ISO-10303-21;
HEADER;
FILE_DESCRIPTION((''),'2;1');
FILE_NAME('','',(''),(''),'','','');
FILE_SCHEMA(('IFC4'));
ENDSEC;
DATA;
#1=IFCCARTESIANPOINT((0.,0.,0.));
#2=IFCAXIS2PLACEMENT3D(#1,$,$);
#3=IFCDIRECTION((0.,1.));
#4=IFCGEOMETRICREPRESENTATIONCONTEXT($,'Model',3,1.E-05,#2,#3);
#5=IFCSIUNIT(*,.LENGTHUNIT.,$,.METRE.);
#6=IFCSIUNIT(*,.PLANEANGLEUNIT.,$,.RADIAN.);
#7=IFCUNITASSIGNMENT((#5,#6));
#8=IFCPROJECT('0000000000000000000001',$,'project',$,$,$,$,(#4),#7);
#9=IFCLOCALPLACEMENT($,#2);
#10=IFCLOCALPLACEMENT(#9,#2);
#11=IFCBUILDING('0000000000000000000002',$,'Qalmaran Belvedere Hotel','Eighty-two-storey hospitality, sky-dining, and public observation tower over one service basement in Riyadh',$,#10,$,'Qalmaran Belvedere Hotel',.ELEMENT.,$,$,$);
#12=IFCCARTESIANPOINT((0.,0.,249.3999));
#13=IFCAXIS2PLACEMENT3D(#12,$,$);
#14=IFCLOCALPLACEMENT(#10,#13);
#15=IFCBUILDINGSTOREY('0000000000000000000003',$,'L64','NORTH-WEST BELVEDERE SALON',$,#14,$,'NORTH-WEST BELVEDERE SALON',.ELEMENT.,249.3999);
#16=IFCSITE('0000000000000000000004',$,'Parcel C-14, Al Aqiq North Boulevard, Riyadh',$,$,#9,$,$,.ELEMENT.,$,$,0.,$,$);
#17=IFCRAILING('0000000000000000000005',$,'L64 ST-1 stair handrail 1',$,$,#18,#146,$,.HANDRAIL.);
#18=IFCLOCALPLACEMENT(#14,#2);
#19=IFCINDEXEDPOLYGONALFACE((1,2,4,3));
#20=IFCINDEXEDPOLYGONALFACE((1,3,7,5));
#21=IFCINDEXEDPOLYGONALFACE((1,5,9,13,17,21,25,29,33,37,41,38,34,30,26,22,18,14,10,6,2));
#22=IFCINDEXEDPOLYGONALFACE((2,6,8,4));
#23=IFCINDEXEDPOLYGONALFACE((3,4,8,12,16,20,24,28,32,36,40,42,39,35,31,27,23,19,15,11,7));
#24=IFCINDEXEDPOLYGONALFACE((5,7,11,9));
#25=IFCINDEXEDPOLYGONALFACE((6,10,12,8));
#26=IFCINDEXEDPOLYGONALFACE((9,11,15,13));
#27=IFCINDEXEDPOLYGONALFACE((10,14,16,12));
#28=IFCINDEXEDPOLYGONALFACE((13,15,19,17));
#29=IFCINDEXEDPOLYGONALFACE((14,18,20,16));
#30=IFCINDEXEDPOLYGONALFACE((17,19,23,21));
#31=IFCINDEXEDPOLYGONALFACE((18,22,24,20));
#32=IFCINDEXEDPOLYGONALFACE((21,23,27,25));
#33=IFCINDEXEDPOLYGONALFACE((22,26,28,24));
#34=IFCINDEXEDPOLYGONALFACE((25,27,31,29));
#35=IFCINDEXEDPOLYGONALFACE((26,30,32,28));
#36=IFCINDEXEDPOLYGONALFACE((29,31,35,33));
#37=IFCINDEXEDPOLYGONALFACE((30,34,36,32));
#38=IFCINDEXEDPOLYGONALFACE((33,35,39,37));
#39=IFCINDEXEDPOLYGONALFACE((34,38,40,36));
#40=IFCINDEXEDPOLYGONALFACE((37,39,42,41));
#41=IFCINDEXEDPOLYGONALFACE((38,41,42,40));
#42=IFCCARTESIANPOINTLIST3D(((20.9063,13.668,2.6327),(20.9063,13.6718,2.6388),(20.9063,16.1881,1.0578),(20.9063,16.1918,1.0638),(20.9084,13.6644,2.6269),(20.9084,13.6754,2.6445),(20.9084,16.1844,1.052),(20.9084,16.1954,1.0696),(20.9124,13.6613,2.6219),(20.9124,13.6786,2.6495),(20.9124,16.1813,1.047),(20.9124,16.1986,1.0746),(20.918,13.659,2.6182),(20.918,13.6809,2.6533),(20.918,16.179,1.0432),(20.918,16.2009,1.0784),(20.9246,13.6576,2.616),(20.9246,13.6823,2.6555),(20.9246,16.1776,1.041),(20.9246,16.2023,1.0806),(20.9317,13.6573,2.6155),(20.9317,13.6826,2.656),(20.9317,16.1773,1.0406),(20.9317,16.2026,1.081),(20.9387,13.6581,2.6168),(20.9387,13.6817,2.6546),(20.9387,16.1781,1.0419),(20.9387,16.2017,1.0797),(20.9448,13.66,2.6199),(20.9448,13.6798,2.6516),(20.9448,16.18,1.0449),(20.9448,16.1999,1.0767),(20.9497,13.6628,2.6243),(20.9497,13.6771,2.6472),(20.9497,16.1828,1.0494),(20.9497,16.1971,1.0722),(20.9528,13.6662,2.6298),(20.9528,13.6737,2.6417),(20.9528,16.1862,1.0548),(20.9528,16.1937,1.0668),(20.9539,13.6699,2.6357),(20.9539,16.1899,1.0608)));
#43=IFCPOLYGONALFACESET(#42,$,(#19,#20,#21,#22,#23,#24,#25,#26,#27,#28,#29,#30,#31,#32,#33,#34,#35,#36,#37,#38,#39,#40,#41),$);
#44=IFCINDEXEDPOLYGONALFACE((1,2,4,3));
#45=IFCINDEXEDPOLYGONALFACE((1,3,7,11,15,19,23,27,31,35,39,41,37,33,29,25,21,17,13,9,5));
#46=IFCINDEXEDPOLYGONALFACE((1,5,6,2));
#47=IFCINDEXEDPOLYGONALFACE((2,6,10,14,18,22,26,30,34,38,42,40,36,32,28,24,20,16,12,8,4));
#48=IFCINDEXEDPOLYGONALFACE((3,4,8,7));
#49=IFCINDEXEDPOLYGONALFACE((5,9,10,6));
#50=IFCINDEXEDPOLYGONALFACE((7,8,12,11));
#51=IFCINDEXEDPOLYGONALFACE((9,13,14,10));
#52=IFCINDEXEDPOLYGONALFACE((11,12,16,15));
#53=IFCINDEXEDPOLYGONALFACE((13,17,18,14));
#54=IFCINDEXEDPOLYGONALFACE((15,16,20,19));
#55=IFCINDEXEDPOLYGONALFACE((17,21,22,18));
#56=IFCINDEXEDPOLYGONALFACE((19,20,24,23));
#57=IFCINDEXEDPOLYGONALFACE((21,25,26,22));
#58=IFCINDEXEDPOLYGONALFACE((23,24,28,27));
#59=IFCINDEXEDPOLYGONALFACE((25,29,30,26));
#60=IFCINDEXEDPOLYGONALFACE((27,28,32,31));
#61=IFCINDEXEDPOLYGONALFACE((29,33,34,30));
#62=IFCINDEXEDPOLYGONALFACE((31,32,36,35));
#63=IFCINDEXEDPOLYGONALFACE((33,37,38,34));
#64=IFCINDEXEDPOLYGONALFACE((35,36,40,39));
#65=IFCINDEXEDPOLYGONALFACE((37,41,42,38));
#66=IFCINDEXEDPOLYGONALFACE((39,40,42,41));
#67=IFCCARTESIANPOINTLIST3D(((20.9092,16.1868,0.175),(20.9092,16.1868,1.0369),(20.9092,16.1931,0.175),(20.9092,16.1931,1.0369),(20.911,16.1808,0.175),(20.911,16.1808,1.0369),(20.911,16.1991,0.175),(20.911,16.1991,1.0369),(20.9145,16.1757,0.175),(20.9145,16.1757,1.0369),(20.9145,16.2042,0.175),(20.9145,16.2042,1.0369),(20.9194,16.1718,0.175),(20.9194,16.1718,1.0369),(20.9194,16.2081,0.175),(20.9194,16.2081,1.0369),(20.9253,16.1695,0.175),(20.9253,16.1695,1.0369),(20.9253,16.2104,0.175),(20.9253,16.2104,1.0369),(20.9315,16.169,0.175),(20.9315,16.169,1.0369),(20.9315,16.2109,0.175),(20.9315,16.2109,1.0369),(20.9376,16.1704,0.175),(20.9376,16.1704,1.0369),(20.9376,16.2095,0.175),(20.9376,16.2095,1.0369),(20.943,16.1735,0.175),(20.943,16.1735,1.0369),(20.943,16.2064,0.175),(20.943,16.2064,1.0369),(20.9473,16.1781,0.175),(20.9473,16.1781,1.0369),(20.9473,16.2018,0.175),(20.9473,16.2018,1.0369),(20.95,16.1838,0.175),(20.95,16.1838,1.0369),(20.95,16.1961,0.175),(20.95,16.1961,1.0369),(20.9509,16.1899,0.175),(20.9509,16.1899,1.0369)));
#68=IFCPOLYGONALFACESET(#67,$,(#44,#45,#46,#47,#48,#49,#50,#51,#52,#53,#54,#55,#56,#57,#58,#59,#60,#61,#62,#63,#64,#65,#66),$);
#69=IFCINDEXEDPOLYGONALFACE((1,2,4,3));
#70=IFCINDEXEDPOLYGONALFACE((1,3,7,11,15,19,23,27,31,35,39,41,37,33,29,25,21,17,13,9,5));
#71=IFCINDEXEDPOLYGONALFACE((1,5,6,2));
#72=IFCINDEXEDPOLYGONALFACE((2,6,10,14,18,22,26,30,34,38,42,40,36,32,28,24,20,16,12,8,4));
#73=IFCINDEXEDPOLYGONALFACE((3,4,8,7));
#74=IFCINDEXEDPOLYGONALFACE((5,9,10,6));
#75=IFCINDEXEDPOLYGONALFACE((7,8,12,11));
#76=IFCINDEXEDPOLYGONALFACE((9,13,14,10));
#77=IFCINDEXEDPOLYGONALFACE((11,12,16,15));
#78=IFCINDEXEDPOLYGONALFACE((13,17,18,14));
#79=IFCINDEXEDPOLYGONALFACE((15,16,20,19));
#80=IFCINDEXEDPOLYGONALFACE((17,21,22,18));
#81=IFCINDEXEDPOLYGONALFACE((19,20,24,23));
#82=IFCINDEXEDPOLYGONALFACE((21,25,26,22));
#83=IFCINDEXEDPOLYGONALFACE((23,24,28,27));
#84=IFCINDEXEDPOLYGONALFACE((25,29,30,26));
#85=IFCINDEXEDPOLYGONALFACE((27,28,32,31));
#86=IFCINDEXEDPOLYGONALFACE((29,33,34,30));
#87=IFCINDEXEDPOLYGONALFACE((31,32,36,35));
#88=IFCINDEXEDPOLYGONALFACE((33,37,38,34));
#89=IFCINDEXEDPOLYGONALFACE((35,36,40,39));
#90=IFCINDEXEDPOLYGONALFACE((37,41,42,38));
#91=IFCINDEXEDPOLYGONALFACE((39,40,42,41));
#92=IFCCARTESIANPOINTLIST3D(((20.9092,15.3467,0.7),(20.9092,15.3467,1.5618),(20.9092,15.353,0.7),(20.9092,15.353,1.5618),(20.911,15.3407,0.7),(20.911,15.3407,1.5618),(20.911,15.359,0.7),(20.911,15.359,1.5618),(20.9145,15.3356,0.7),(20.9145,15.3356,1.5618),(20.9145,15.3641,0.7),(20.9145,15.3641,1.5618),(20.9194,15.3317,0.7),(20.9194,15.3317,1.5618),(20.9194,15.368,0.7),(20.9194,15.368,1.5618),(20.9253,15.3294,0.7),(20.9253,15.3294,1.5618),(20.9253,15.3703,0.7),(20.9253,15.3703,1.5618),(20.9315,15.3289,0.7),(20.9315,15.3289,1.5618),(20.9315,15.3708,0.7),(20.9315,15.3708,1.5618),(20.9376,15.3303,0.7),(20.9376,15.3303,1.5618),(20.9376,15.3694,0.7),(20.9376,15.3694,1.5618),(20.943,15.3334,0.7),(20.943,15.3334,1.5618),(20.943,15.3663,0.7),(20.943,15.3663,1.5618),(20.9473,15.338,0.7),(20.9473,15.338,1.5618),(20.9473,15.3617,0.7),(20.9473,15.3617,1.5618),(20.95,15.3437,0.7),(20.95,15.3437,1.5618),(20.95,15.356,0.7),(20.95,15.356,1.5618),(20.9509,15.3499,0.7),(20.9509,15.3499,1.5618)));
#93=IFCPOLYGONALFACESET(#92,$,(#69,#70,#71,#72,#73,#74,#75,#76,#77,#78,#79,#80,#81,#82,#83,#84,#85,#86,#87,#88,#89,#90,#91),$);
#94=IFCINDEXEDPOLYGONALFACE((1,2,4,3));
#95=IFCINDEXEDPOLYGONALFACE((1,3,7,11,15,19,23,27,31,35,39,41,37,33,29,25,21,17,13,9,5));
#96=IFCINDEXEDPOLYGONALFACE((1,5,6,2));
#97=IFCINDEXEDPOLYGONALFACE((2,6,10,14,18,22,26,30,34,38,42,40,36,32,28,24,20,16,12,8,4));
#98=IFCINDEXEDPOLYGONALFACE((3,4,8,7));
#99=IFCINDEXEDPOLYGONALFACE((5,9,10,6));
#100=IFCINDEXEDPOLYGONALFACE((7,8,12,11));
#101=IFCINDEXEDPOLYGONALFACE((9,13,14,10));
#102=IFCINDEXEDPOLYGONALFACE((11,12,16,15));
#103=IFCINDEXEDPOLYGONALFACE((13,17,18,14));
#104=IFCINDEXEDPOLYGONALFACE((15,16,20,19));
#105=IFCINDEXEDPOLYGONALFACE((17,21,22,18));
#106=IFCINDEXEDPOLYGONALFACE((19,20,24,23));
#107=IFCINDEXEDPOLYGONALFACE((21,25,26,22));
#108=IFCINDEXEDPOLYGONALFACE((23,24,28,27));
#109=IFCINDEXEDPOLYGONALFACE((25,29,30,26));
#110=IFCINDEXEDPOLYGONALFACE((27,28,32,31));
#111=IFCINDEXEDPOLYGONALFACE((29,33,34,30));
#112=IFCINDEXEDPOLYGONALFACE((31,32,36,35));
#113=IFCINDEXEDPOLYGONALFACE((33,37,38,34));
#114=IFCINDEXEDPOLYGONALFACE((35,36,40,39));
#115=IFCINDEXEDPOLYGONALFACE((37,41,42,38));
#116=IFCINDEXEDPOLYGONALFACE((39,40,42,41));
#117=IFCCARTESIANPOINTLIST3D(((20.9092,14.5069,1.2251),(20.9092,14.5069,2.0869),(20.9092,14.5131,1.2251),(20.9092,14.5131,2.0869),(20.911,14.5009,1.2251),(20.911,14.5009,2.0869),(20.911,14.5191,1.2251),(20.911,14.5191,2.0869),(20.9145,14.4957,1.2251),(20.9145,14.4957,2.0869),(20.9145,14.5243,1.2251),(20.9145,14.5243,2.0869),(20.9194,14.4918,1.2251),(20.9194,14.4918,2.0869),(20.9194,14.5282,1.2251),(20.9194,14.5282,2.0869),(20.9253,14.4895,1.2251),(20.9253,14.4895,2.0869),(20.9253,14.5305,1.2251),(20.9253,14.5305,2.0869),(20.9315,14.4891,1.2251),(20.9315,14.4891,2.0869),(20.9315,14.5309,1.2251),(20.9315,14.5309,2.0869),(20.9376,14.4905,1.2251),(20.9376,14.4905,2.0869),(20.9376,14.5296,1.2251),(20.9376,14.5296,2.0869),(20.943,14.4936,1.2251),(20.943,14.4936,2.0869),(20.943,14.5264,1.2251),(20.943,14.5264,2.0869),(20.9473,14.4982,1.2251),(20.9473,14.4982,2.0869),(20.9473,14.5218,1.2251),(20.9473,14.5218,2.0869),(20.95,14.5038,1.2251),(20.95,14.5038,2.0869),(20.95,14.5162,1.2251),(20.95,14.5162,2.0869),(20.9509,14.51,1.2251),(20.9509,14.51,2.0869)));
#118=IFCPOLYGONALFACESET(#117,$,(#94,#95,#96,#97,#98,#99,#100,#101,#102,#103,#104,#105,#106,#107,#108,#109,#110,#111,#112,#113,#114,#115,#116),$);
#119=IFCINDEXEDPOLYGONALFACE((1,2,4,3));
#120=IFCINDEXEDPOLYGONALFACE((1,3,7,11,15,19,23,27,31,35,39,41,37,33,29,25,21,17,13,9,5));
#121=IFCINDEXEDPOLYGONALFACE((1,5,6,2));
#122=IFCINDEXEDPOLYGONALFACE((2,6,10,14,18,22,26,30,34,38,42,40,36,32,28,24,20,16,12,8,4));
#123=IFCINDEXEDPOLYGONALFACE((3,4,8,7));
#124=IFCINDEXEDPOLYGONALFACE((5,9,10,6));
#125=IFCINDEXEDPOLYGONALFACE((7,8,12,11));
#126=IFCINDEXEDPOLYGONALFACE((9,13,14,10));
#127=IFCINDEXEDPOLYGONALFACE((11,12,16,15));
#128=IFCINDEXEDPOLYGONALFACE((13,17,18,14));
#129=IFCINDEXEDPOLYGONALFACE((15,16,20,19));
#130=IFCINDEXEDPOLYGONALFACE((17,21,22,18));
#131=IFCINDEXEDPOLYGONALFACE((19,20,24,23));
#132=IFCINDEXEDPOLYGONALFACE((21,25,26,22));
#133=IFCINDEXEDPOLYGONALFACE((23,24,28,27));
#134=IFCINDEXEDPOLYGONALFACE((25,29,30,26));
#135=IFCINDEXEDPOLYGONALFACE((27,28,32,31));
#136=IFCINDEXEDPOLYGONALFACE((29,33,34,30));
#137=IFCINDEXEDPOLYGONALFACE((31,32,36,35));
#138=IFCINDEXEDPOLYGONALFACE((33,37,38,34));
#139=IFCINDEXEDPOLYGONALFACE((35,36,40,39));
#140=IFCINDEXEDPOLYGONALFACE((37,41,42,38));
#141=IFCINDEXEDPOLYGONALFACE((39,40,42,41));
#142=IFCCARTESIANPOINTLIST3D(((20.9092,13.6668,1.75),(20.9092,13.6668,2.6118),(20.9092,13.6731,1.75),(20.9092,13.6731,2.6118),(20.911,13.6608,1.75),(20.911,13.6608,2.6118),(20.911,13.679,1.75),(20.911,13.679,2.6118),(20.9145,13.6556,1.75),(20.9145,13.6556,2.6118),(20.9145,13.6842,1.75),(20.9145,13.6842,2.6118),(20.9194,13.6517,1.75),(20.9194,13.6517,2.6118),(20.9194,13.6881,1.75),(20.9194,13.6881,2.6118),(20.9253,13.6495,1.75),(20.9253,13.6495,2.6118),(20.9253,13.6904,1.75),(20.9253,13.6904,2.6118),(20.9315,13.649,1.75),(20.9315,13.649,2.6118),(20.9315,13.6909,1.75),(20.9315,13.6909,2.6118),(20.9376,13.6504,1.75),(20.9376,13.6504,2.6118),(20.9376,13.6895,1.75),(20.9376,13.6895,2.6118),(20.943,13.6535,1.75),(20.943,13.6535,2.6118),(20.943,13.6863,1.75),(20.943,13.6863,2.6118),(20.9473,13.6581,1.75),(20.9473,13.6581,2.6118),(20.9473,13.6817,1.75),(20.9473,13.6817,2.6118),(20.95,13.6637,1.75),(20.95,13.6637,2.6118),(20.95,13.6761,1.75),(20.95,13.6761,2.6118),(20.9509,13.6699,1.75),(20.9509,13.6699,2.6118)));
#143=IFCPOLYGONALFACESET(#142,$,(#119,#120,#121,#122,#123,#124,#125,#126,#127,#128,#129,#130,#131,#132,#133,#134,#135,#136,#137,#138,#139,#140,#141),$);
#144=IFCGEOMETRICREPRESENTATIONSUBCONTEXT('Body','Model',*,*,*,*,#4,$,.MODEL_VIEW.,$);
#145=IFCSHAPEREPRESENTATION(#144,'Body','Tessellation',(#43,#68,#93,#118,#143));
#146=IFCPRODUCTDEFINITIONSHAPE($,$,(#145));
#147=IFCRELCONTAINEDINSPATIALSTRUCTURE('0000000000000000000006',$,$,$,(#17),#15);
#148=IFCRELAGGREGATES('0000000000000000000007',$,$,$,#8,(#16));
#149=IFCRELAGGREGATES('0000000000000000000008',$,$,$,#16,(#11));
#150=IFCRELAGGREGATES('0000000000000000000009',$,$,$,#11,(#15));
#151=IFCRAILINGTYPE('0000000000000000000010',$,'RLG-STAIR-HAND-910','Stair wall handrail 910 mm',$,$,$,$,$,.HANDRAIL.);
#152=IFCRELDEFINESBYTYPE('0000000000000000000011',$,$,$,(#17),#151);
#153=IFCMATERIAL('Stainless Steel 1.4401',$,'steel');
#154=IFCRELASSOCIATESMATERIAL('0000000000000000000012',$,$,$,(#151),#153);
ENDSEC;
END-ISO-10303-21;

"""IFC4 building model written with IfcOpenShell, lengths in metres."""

from ifc_helpers import new_model, si_unit, direction, frame, origin, origin_2d, place, context, subcontext, project, spatial, circle, extrude, material, type_object, element, save


model = new_model("IFC4")

# Units and contexts
model_context = context("Model", 3, precision=1e-05, world=origin(), true_north=direction((0.0, 1.0)))
body_context = subcontext(model_context, "Body", "Model", "MODEL_VIEW")
ifc_project = project(units=[si_unit("LENGTHUNIT", "METRE"), si_unit("PLANEANGLEUNIT", "RADIAN")], contexts=[model_context])

# Site, building, storey
site_placement = place(None, origin())
site = spatial("IfcSite", under=ifc_project, at=site_placement, Name="Parcel C-14, Al Aqiq North Boulevard, Riyadh", CompositionType="ELEMENT", RefElevation=0.0)
building_placement = place(site_placement, origin())
building = spatial("IfcBuilding", under=site, at=building_placement, Name="Qalmaran Belvedere Hotel", Description="Eighty-two-storey hospitality, sky-dining, and public observation tower over one service basement in Riyadh", LongName="Qalmaran Belvedere Hotel", CompositionType="ELEMENT")
storey_placement = place(building_placement, frame((0.0, 0.0, 249.3999)))
storey = spatial("IfcBuildingStorey", under=building, at=storey_placement, Name="L64", Description="NORTH-WEST BELVEDERE SALON", LongName="NORTH-WEST BELVEDERE SALON", CompositionType="ELEMENT", Elevation=249.3999)

# Shared definitions
ifc_material_1 = material(Name="Stainless Steel 1.4401", Category="steel")

# Railing
railing_type_1 = type_object("IfcRailingType", Name="RLG-STAIR-HAND-910", Description="Stair wall handrail 910 mm", PredefinedType="HANDRAIL", material=ifc_material_1)
railing_1_placement = place(storey_placement, frame((20.9299, 16.1899, 0.175)))
element("IfcRailing", 1, at=railing_1_placement, inside=storey, type_object=railing_type_1, Name="L64 ST-1 stair handrail 1", PredefinedType="HANDRAIL", context=body_context, shape_type="SweptSolid", body=[
    extrude(circle(Radius=0.0239, at=origin_2d()), frame((0.0, 0.0, 0.8857), z_axis=(0.0, -0.848008, 0.529984), x_axis=(1.0, 0.0, 0.0)), (0.0, 0.0, 1.0), 2.9717),
    extrude(circle(Radius=0.021, at=origin_2d()), origin(), (0.0, 0.0, 1.0), 0.8618),
    extrude(circle(Radius=0.021, at=origin_2d()), frame((0.0, -0.8401, 0.5249)), (0.0, 0.0, 1.0), 0.8618),
    extrude(circle(Radius=0.021, at=origin_2d()), frame((0.0, -1.6799, 1.05)), (0.0, 0.0, 1.0), 0.8618),
    extrude(circle(Radius=0.021, at=origin_2d()), frame((0.0, -2.52, 1.575)), (0.0, 0.0, 1.0), 0.8618),
])

save(model, "model.ifc")
